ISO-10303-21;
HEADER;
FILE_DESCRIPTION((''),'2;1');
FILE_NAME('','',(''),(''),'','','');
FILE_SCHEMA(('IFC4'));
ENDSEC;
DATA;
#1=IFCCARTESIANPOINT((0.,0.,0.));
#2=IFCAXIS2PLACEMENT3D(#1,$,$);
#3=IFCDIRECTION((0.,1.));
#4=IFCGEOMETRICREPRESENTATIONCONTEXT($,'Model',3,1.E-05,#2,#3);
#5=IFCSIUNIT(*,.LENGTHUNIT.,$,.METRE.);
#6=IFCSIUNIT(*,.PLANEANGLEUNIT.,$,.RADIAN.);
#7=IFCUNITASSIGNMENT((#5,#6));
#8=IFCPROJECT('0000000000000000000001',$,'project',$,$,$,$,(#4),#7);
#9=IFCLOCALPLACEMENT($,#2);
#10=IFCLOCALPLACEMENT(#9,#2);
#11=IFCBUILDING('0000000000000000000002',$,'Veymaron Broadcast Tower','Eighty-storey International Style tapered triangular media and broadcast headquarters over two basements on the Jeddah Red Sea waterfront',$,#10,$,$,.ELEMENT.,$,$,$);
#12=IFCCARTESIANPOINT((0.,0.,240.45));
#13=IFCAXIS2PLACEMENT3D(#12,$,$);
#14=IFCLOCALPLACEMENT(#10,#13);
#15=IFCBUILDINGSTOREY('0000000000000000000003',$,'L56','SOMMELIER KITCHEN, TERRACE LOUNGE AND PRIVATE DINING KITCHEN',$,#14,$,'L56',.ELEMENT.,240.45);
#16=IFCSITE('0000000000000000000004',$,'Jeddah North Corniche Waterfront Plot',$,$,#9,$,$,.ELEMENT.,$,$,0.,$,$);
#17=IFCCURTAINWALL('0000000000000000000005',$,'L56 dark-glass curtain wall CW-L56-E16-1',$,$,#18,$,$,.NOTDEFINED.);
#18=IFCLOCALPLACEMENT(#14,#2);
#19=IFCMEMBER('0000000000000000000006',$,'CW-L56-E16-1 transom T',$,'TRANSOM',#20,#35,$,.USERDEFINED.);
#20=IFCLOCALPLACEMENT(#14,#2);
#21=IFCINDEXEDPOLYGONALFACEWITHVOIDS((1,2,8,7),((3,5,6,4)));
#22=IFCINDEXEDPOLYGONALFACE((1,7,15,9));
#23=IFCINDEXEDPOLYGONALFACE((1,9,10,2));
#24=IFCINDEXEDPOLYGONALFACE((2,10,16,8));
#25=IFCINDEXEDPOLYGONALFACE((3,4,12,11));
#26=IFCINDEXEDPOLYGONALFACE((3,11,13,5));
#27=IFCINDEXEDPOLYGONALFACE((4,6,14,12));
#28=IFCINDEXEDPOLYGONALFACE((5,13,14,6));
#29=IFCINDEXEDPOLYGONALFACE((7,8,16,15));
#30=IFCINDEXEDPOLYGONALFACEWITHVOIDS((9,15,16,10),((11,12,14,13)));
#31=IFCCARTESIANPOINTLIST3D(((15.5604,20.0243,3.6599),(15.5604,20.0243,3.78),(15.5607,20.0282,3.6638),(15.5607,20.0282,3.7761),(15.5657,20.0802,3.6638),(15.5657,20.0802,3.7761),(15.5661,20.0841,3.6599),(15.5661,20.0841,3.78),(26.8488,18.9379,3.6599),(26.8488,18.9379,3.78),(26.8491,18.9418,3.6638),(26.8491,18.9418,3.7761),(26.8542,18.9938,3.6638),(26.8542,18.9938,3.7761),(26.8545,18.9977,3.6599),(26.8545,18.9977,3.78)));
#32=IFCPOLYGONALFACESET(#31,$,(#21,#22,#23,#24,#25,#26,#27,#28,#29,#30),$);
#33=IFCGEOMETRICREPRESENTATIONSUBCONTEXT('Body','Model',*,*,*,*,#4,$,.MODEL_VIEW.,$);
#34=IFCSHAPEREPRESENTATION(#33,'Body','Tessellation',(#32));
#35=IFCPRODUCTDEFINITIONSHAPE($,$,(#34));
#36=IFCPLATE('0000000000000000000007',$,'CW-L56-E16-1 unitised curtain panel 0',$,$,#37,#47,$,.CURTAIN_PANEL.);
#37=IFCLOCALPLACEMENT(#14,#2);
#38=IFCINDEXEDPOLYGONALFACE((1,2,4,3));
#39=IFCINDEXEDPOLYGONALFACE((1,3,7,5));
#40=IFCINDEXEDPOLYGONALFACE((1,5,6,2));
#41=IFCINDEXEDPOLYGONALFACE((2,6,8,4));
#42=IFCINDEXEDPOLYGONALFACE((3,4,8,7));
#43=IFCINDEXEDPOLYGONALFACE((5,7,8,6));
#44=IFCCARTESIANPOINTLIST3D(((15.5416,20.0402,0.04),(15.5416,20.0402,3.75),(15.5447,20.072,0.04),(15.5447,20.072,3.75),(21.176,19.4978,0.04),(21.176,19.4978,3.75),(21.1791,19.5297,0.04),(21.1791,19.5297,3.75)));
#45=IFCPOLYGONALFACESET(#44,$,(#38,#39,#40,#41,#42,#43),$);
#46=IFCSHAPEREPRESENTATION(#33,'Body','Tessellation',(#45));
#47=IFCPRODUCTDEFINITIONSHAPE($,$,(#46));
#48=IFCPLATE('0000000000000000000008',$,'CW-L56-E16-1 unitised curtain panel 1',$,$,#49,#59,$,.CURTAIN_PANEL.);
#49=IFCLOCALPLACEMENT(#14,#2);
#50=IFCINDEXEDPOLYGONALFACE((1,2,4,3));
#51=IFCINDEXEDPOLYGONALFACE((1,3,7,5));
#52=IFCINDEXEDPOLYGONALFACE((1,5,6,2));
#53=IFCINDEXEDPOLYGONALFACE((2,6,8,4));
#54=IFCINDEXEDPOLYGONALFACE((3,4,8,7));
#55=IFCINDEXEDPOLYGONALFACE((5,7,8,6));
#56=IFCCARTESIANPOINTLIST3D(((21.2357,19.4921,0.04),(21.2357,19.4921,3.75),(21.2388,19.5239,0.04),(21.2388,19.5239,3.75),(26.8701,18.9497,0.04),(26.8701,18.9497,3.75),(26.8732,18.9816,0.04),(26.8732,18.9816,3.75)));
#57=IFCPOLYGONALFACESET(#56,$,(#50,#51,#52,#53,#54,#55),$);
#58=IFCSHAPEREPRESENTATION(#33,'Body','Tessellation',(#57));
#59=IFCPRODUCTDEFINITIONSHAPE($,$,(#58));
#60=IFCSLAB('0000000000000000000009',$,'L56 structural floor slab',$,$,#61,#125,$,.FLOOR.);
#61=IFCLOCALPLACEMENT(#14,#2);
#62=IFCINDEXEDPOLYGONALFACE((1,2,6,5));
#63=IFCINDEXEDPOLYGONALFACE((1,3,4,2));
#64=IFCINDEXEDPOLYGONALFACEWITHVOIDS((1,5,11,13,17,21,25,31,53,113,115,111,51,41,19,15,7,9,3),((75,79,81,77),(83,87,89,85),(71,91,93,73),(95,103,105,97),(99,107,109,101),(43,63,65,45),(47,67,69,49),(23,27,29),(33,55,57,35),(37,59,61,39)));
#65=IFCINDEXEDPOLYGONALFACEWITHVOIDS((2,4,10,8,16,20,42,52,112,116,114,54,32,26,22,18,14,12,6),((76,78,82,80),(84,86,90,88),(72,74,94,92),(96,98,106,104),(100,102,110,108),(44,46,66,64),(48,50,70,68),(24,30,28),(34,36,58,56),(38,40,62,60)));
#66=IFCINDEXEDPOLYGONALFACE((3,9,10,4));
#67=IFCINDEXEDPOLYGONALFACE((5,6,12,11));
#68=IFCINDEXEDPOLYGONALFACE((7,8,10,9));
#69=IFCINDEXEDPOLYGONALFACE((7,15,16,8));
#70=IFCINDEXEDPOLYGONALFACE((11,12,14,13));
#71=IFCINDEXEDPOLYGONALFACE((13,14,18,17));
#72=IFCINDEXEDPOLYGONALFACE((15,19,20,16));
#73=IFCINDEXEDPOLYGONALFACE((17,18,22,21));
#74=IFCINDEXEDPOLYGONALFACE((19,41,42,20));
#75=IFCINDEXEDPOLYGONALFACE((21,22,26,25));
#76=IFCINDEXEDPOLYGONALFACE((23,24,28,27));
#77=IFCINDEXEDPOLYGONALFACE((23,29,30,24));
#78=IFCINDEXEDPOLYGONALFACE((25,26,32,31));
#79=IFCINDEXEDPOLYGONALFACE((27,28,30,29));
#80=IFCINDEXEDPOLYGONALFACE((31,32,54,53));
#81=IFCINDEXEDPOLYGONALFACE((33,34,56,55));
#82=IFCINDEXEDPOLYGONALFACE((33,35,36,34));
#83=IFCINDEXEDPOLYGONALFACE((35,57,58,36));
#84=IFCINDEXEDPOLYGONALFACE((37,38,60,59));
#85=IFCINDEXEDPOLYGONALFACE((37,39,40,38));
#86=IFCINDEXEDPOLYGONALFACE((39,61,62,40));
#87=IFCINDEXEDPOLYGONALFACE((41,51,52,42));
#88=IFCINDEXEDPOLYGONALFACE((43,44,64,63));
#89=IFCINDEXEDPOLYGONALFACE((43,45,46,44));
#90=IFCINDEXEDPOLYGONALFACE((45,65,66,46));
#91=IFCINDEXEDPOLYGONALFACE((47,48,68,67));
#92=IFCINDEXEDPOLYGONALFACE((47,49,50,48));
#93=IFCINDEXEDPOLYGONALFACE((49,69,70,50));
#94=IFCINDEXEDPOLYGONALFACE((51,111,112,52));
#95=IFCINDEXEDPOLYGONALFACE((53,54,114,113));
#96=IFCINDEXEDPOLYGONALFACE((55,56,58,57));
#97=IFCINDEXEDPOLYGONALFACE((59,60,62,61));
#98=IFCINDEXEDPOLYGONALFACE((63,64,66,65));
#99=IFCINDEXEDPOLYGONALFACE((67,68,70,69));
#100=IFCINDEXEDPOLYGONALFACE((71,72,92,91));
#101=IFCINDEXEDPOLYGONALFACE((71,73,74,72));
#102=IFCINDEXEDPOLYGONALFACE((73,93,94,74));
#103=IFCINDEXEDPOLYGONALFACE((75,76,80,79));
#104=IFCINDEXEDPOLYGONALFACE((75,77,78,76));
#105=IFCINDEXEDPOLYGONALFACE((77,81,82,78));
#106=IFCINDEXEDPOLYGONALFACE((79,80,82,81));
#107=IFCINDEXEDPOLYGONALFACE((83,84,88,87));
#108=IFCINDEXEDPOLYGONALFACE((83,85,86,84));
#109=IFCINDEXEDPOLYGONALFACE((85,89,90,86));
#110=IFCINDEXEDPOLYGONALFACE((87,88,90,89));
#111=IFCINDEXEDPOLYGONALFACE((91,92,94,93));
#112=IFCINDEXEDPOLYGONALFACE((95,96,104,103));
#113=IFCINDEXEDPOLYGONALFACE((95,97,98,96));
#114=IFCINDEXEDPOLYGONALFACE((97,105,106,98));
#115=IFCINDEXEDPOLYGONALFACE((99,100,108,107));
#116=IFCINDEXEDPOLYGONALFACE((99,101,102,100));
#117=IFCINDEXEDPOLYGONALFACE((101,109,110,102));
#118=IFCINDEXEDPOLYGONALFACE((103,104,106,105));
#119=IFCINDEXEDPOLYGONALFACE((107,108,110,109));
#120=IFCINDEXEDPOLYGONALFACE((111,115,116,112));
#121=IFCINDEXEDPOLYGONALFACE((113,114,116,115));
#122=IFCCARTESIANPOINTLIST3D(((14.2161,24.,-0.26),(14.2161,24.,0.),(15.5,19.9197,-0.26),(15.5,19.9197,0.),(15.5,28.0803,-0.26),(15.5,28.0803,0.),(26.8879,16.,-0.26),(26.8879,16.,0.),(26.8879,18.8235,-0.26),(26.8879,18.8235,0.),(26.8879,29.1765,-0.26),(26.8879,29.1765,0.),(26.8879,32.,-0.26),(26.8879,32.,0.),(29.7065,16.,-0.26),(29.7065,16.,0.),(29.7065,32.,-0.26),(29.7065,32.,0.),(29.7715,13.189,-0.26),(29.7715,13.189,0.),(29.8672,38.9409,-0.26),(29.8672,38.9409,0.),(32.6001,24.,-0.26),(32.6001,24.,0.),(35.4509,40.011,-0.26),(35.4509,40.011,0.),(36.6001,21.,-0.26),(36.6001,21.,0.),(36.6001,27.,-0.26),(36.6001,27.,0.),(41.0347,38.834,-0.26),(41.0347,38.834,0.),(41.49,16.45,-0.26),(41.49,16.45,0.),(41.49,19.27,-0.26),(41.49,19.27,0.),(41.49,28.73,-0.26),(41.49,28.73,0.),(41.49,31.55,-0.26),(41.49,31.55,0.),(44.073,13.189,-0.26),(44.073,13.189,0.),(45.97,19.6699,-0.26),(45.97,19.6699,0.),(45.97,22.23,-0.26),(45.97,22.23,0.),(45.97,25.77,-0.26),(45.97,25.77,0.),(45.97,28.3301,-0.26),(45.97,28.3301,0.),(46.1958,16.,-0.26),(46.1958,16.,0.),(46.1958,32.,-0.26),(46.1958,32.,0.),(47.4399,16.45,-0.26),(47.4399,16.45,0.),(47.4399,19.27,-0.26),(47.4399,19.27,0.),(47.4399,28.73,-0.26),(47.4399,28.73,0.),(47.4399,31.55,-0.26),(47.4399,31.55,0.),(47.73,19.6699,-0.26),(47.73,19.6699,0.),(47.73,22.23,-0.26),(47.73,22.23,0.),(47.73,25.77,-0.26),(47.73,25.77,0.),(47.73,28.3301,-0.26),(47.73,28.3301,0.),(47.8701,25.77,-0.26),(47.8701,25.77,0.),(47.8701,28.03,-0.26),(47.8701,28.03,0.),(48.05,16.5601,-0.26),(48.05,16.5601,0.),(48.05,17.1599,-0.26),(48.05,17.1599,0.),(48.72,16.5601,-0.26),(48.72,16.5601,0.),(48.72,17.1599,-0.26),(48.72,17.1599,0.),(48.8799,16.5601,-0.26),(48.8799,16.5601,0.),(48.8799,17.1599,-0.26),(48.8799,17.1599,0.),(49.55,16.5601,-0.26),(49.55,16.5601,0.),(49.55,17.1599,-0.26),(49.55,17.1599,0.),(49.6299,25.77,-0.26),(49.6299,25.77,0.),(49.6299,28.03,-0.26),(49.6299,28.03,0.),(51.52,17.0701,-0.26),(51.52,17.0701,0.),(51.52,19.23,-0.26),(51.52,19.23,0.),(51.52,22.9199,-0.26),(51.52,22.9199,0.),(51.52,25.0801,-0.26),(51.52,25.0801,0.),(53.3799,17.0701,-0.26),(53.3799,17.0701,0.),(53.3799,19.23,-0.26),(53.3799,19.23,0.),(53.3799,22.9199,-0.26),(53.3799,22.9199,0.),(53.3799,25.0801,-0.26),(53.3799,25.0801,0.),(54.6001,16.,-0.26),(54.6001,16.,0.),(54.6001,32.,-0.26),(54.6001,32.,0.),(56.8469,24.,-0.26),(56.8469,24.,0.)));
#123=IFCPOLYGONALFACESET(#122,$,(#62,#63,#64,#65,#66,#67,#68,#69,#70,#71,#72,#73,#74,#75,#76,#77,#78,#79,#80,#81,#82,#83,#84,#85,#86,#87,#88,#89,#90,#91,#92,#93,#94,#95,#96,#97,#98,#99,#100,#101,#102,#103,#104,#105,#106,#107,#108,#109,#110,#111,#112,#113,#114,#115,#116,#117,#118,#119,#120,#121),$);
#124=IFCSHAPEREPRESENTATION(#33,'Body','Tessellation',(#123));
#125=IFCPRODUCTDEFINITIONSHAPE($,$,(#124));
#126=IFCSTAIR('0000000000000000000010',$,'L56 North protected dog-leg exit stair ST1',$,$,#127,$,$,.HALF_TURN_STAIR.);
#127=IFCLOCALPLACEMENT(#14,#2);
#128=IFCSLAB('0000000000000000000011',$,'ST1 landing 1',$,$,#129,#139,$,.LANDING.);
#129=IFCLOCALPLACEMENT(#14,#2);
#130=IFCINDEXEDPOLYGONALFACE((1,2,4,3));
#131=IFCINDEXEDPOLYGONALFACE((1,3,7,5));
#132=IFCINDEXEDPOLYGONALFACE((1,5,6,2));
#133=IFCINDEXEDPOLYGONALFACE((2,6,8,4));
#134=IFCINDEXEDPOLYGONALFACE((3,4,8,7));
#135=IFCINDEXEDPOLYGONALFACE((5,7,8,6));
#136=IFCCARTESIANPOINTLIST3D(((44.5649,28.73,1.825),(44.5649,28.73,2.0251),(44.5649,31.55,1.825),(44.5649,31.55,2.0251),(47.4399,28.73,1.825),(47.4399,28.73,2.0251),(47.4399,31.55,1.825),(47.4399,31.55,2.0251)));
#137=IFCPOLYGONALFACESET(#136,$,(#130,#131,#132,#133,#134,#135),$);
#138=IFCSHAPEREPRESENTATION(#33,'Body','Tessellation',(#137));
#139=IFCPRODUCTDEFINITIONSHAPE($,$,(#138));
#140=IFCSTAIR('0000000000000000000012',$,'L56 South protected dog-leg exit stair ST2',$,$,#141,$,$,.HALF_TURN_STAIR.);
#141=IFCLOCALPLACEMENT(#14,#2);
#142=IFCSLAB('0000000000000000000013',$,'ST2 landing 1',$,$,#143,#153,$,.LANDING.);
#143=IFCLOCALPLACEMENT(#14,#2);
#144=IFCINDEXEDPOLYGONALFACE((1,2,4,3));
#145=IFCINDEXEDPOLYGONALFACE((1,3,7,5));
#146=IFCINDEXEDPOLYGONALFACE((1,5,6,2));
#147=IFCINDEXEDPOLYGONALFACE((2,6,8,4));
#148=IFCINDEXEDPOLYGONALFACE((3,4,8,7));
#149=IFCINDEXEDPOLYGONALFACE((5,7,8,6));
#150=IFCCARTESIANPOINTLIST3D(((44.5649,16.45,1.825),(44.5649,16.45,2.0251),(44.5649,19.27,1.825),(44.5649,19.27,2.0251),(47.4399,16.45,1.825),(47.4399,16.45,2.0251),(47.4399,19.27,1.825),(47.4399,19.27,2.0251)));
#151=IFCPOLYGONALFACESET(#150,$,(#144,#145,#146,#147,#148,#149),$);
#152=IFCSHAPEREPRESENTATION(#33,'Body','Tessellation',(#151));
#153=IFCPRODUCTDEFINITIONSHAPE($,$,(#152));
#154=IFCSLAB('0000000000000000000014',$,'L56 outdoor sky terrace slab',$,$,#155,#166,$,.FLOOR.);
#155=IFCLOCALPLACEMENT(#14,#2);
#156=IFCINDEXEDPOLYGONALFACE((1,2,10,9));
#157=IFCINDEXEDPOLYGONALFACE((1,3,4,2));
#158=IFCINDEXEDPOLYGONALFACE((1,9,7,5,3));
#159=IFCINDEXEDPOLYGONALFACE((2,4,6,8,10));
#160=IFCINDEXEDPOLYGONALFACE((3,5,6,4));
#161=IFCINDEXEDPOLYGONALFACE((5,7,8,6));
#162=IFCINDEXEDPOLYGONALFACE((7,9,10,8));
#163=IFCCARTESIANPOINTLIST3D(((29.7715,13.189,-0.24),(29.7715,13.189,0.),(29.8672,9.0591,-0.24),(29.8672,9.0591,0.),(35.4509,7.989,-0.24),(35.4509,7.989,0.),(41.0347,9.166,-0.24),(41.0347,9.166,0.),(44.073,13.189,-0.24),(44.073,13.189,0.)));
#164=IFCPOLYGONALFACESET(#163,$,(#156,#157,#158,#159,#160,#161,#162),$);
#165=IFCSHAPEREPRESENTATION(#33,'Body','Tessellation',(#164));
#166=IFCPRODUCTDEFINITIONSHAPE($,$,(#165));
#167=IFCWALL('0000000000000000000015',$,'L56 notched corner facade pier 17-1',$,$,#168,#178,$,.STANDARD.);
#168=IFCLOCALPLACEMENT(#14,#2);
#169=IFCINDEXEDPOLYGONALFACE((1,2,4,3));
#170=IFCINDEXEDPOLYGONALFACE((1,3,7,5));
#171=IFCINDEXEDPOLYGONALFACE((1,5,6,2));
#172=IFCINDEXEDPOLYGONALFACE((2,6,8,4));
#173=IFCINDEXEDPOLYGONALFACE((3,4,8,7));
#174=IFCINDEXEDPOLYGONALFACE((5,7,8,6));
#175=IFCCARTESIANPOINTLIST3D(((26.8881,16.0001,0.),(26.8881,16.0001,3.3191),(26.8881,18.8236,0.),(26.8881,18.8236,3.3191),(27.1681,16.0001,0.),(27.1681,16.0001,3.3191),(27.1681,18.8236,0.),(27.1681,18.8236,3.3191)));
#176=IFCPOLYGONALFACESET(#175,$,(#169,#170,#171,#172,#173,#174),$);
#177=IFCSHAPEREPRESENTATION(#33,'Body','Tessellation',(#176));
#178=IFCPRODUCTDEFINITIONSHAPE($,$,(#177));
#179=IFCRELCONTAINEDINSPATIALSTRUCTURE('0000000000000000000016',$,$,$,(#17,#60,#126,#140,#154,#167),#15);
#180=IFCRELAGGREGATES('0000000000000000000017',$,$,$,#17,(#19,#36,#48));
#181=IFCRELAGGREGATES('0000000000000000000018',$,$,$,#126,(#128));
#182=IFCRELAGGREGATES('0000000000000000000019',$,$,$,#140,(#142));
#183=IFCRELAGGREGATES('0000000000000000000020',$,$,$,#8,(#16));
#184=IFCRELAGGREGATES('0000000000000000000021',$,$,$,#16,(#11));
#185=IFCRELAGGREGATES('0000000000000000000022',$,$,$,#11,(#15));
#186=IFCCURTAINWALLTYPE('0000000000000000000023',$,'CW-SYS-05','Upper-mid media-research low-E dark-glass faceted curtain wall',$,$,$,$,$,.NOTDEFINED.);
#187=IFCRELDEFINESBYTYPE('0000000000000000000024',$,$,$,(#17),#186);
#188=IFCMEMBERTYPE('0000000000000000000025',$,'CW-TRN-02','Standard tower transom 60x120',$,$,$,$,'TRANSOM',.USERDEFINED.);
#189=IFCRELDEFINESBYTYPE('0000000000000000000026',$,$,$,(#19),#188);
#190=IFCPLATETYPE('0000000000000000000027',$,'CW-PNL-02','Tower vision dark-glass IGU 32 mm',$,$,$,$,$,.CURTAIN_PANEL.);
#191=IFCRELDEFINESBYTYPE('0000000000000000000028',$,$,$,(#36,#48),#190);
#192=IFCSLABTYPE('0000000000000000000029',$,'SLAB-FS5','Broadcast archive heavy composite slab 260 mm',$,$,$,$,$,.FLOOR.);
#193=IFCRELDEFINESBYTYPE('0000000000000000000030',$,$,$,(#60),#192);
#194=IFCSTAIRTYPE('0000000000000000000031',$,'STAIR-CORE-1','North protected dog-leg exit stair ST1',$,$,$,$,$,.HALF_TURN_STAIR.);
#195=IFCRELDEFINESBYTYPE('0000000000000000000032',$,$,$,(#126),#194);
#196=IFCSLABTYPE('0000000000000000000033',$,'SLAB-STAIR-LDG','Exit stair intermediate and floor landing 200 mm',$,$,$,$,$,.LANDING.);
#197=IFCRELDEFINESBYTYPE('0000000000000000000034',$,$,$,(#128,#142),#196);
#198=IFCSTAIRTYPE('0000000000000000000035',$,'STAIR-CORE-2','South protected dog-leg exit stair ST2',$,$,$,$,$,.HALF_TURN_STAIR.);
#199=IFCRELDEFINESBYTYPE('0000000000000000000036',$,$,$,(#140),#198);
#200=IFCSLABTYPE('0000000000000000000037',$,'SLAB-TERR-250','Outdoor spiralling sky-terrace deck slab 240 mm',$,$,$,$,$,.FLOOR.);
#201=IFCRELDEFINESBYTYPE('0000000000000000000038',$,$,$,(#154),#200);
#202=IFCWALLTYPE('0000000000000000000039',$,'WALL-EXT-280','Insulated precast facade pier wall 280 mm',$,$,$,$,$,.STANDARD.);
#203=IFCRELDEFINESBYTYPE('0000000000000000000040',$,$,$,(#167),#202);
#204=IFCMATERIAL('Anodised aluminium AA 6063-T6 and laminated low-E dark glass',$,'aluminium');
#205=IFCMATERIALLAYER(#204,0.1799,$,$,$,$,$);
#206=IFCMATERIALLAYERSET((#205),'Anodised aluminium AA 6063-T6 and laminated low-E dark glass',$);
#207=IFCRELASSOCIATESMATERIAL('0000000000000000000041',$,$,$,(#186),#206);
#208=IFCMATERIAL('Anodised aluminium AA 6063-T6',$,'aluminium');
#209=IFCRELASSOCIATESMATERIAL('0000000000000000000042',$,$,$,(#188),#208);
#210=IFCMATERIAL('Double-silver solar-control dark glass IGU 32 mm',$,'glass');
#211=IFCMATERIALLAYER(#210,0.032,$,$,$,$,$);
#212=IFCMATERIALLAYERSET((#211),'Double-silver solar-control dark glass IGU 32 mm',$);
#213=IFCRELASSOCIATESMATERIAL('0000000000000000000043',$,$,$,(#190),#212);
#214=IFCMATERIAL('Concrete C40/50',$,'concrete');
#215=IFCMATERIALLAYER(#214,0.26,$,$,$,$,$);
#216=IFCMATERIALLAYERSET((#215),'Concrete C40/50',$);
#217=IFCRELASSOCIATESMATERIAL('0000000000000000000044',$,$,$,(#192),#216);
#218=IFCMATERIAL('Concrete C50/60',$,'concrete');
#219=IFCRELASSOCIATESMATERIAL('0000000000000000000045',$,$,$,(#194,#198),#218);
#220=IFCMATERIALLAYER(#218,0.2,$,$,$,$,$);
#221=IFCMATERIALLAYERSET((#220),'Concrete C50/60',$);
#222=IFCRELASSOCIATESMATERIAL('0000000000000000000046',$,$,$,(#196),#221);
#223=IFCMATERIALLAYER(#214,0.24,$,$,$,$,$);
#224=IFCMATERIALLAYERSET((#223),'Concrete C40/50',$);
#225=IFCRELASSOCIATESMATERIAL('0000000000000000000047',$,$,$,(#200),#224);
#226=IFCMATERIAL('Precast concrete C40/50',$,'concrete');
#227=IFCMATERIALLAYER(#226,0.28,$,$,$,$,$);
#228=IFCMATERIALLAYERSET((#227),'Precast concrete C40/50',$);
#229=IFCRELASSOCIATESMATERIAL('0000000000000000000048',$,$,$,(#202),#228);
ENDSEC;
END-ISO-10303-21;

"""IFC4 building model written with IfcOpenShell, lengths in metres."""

from ifc_helpers import new_model, si_unit, direction, frame, frame_2d, origin, origin_2d, place, context, subcontext, project, spatial, polyline, rectangle, hollow_rectangle, outline, extrude, material, layer, layer_set, material_profile, profile_set, type_object, element, aggregate, save


model = new_model("IFC4")

# Units and contexts
model_context = context("Model", 3, precision=1e-05, world=origin(), true_north=direction((0.0, 1.0)))
body_context = subcontext(model_context, "Body", "Model", "MODEL_VIEW")
ifc_project = project(units=[si_unit("LENGTHUNIT", "METRE"), si_unit("PLANEANGLEUNIT", "RADIAN")], contexts=[model_context])

# Site, building, storey
site_placement = place(None, origin())
site = spatial("IfcSite", under=ifc_project, at=site_placement, Name="Jeddah North Corniche Waterfront Plot", CompositionType="ELEMENT", RefElevation=0.0)
building_placement = place(site_placement, origin())
building = spatial("IfcBuilding", under=site, at=building_placement, Name="Veymaron Broadcast Tower", Description="Eighty-storey International Style tapered triangular media and broadcast headquarters over two basements on the Jeddah Red Sea waterfront", CompositionType="ELEMENT")
storey_placement = place(building_placement, frame((0.0, 0.0, 240.45)))
storey = spatial("IfcBuildingStorey", under=building, at=storey_placement, Name="L56", Description="SOMMELIER KITCHEN, TERRACE LOUNGE AND PRIVATE DINING KITCHEN", LongName="L56", CompositionType="ELEMENT", Elevation=240.45)

# Curtain wall, member, plates
ifc_material_1 = material(Name="Anodised aluminium AA 6063-T6 and laminated low-E dark glass", Category="aluminium")
ifc_layer_1 = layer(ifc_material_1, 0.1799)
ifc_layer_set_1 = layer_set([ifc_layer_1], Name="Anodised aluminium AA 6063-T6 and laminated low-E dark glass")
curtain_wall_type = type_object("IfcCurtainWallType", Name="CW-SYS-05", Description="Upper-mid media-research low-E dark-glass faceted curtain wall", PredefinedType="NOTDEFINED", material=ifc_layer_set_1)
curtain_wall_placement = place(storey_placement, origin())
curtain_wall = element("IfcCurtainWall", 1, at=curtain_wall_placement, inside=storey, type_object=curtain_wall_type, Name="L56 dark-glass curtain wall CW-L56-E16-1", PredefinedType="NOTDEFINED")
ifc_material_2 = material(Name="Anodised aluminium AA 6063-T6", Category="aluminium")
ifc_material_profile_1 = material_profile(ifc_material_2, hollow_rectangle(XDim=0.0601, YDim=0.1201, WallThickness=0.0039, at=origin_2d()), Name="AL120X60X4")
ifc_profile_set_1 = profile_set([ifc_material_profile_1], Name="Anodised aluminium AA 6063-T6")
member_type_1 = type_object("IfcMemberType", Name="CW-TRN-02", Description="Standard tower transom 60x120", ElementType="TRANSOM", PredefinedType="USERDEFINED", material=ifc_profile_set_1)
member_1_placement = place(storey_placement, frame((15.5632, 20.0542, 3.72), z_axis=(0.995401, -0.095801, 0.0), x_axis=(0.095801, 0.995401, 0.0)))
member_1 = element("IfcMember", 2, at=member_1_placement, type_object=member_type_1, Name="CW-L56-E16-1 transom T", ObjectType="TRANSOM", PredefinedType="USERDEFINED", context=body_context, shape_type="SweptSolid", body=[
    extrude(hollow_rectangle(XDim=0.0601, YDim=0.1201, WallThickness=0.0039, at=origin_2d()), origin(), (0.0, 0.0, 1.0), 11.3406),
])
ifc_material_3 = material(Name="Double-silver solar-control dark glass IGU 32 mm", Category="glass")
ifc_layer_2 = layer(ifc_material_3, 0.032)
ifc_layer_set_2 = layer_set([ifc_layer_2], Name="Double-silver solar-control dark glass IGU 32 mm")
plate_type = type_object("IfcPlateType", Name="CW-PNL-02", Description="Tower vision dark-glass IGU 32 mm", PredefinedType="CURTAIN_PANEL", material=ifc_layer_set_2)
plate_1_placement = place(storey_placement, frame((18.3604, 19.7849, 0.04), z_axis=(0.0, 0.0, 1.0), x_axis=(0.9954, -0.095811, 0.0)))
plate_1 = element("IfcPlate", 3, at=plate_1_placement, type_object=plate_type, Name="CW-L56-E16-1 unitised curtain panel 0", PredefinedType="CURTAIN_PANEL", context=body_context, shape_type="SweptSolid", body=[
    extrude(rectangle(XDim=5.6604, YDim=0.032, at=origin_2d()), origin(), (0.0, 0.0, 1.0), 3.71),
])
plate_2_placement = place(storey_placement, frame((24.0544, 19.2368, 0.04), z_axis=(0.0, 0.0, 1.0), x_axis=(0.9954, -0.095811, 0.0)))
plate_2 = element("IfcPlate", 4, at=plate_2_placement, type_object=plate_type, Name="CW-L56-E16-1 unitised curtain panel 1", PredefinedType="CURTAIN_PANEL", context=body_context, shape_type="SweptSolid", body=[
    extrude(rectangle(XDim=5.6604, YDim=0.032, at=origin_2d()), origin(), (0.0, 0.0, 1.0), 3.71),
])
aggregate(curtain_wall, [member_1, plate_1, plate_2])

# Slab
ifc_material_4 = material(Name="Concrete C40/50", Category="concrete")
ifc_layer_3 = layer(ifc_material_4, 0.26)
ifc_layer_set_3 = layer_set([ifc_layer_3], Name="Concrete C40/50")
slab_type_1 = type_object("IfcSlabType", Name="SLAB-FS5", Description="Broadcast archive heavy composite slab 260 mm", PredefinedType="FLOOR", material=ifc_layer_set_3)
slab_1_placement = place(storey_placement, frame((0.0, 0.0, -0.26)))
element("IfcSlab", 5, at=slab_1_placement, inside=storey, type_object=slab_type_1, Name="L56 structural floor slab", PredefinedType="FLOOR", context=body_context, shape_type="SweptSolid", body=[
    extrude(outline(polyline([(29.7715, 13.189), (44.073, 13.189), (46.1958, 16.0), (54.6001, 16.0), (56.8469, 24.0), (54.6001, 32.0), (46.1958, 32.0), (41.0347, 38.834), (35.4509, 40.011), (29.8672, 38.9409), (29.7065, 32.0), (26.8879, 32.0), (26.8879, 29.1765), (15.5, 28.0803), (14.2161, 24.0), (15.5, 19.9197), (26.8879, 18.8235), (26.8879, 16.0), (29.7065, 16.0), (29.7715, 13.189)]), holes=[polyline([(45.97, 28.3301), (47.73, 28.3301), (47.73, 25.77), (45.97, 25.77), (45.97, 28.3301)]), polyline([(45.97, 22.23), (47.73, 22.23), (47.73, 19.6699), (45.97, 19.6699), (45.97, 22.23)]), polyline([(47.8701, 28.03), (49.6299, 28.03), (49.6299, 25.77), (47.8701, 25.77), (47.8701, 28.03)]), polyline([(51.52, 25.0801), (53.3799, 25.0801), (53.3799, 22.9199), (51.52, 22.9199), (51.52, 25.0801)]), polyline([(51.52, 19.23), (53.3799, 19.23), (53.3799, 17.0701), (51.52, 17.0701), (51.52, 19.23)]), polyline([(48.05, 17.1599), (48.72, 17.1599), (48.72, 16.5601), (48.05, 16.5601), (48.05, 17.1599)]), polyline([(48.8799, 17.1599), (49.55, 17.1599), (49.55, 16.5601), (48.8799, 16.5601), (48.8799, 17.1599)]), polyline([(36.6001, 27.0), (36.6001, 21.0), (32.6001, 24.0), (36.6001, 27.0)]), polyline([(41.49, 31.55), (47.4399, 31.55), (47.4399, 28.73), (41.49, 28.73), (41.49, 31.55)]), polyline([(41.49, 19.27), (47.4399, 19.27), (47.4399, 16.45), (41.49, 16.45), (41.49, 19.27)])]), origin(), (0.0, 0.0, 1.0), 0.26),
])

# Stairs, slabs
ifc_material_5 = material(Name="Concrete C50/60", Category="concrete")
stair_type_1 = type_object("IfcStairType", Name="STAIR-CORE-1", Description="North protected dog-leg exit stair ST1", PredefinedType="HALF_TURN_STAIR", material=ifc_material_5)
stair_1_placement = place(storey_placement, origin())
stair_1 = element("IfcStair", 6, at=stair_1_placement, inside=storey, type_object=stair_type_1, Name="L56 North protected dog-leg exit stair ST1", PredefinedType="HALF_TURN_STAIR")
ifc_layer_4 = layer(ifc_material_5, 0.2)
ifc_layer_set_4 = layer_set([ifc_layer_4], Name="Concrete C50/60")
slab_type_2 = type_object("IfcSlabType", Name="SLAB-STAIR-LDG", Description="Exit stair intermediate and floor landing 200 mm", PredefinedType="LANDING", material=ifc_layer_set_4)
slab_2_placement = place(storey_placement, frame((0.0, 0.0, 1.825)))
slab_2 = element("IfcSlab", 7, at=slab_2_placement, type_object=slab_type_2, Name="ST1 landing 1", PredefinedType="LANDING", context=body_context, shape_type="SweptSolid", body=[
    extrude(outline(polyline([(44.5649, 28.73), (47.4399, 28.73), (47.4399, 31.55), (44.5649, 31.55), (44.5649, 28.73)])), origin(), (0.0, 0.0, 1.0), 0.2002),
])
aggregate(stair_1, [slab_2])
stair_type_2 = type_object("IfcStairType", Name="STAIR-CORE-2", Description="South protected dog-leg exit stair ST2", PredefinedType="HALF_TURN_STAIR", material=ifc_material_5)
stair_2_placement = place(storey_placement, origin())
stair_2 = element("IfcStair", 8, at=stair_2_placement, inside=storey, type_object=stair_type_2, Name="L56 South protected dog-leg exit stair ST2", PredefinedType="HALF_TURN_STAIR")
slab_3_placement = place(storey_placement, frame((0.0, 0.0, 1.825)))
slab_3 = element("IfcSlab", 9, at=slab_3_placement, type_object=slab_type_2, Name="ST2 landing 1", PredefinedType="LANDING", context=body_context, shape_type="SweptSolid", body=[
    extrude(outline(polyline([(44.5649, 16.45), (47.4399, 16.45), (47.4399, 19.27), (44.5649, 19.27), (44.5649, 16.45)])), origin(), (0.0, 0.0, 1.0), 0.2002),
])
aggregate(stair_2, [slab_3])

# Slab
ifc_layer_5 = layer(ifc_material_4, 0.24)
ifc_layer_set_5 = layer_set([ifc_layer_5], Name="Concrete C40/50")
slab_type_3 = type_object("IfcSlabType", Name="SLAB-TERR-250", Description="Outdoor spiralling sky-terrace deck slab 240 mm", PredefinedType="FLOOR", material=ifc_layer_set_5)
slab_4_placement = place(storey_placement, frame((0.0, 0.0, -0.24)))
element("IfcSlab", 10, at=slab_4_placement, inside=storey, type_object=slab_type_3, Name="L56 outdoor sky terrace slab", PredefinedType="FLOOR", context=body_context, shape_type="SweptSolid", body=[
    extrude(outline(polyline([(41.0347, 9.166), (44.073, 13.189), (29.7715, 13.189), (29.8672, 9.0591), (35.4509, 7.989), (41.0347, 9.166)])), origin(), (0.0, 0.0, 1.0), 0.24),
])

# Wall
ifc_material_6 = material(Name="Precast concrete C40/50", Category="concrete")
ifc_layer_6 = layer(ifc_material_6, 0.28)
ifc_layer_set_6 = layer_set([ifc_layer_6], Name="Precast concrete C40/50")
wall_type_1 = type_object("IfcWallType", Name="WALL-EXT-280", Description="Insulated precast facade pier wall 280 mm", PredefinedType="STANDARD", material=ifc_layer_set_6)
wall_1_placement = place(storey_placement, frame((27.0281, 18.8235, 0.0), z_axis=(0.0, 0.0, 1.0), x_axis=(0.0, -1.0, 0.0)))
element("IfcWall", 11, at=wall_1_placement, inside=storey, type_object=wall_type_1, Name="L56 notched corner facade pier 17-1", PredefinedType="STANDARD", context=body_context, shape_type="SweptSolid", body=[
    extrude(rectangle(XDim=2.8235, YDim=0.28, at=frame_2d((1.4116, 0.0))), origin(), (0.0, 0.0, 1.0), 3.3191),
])

save(model, "model.ifc")
